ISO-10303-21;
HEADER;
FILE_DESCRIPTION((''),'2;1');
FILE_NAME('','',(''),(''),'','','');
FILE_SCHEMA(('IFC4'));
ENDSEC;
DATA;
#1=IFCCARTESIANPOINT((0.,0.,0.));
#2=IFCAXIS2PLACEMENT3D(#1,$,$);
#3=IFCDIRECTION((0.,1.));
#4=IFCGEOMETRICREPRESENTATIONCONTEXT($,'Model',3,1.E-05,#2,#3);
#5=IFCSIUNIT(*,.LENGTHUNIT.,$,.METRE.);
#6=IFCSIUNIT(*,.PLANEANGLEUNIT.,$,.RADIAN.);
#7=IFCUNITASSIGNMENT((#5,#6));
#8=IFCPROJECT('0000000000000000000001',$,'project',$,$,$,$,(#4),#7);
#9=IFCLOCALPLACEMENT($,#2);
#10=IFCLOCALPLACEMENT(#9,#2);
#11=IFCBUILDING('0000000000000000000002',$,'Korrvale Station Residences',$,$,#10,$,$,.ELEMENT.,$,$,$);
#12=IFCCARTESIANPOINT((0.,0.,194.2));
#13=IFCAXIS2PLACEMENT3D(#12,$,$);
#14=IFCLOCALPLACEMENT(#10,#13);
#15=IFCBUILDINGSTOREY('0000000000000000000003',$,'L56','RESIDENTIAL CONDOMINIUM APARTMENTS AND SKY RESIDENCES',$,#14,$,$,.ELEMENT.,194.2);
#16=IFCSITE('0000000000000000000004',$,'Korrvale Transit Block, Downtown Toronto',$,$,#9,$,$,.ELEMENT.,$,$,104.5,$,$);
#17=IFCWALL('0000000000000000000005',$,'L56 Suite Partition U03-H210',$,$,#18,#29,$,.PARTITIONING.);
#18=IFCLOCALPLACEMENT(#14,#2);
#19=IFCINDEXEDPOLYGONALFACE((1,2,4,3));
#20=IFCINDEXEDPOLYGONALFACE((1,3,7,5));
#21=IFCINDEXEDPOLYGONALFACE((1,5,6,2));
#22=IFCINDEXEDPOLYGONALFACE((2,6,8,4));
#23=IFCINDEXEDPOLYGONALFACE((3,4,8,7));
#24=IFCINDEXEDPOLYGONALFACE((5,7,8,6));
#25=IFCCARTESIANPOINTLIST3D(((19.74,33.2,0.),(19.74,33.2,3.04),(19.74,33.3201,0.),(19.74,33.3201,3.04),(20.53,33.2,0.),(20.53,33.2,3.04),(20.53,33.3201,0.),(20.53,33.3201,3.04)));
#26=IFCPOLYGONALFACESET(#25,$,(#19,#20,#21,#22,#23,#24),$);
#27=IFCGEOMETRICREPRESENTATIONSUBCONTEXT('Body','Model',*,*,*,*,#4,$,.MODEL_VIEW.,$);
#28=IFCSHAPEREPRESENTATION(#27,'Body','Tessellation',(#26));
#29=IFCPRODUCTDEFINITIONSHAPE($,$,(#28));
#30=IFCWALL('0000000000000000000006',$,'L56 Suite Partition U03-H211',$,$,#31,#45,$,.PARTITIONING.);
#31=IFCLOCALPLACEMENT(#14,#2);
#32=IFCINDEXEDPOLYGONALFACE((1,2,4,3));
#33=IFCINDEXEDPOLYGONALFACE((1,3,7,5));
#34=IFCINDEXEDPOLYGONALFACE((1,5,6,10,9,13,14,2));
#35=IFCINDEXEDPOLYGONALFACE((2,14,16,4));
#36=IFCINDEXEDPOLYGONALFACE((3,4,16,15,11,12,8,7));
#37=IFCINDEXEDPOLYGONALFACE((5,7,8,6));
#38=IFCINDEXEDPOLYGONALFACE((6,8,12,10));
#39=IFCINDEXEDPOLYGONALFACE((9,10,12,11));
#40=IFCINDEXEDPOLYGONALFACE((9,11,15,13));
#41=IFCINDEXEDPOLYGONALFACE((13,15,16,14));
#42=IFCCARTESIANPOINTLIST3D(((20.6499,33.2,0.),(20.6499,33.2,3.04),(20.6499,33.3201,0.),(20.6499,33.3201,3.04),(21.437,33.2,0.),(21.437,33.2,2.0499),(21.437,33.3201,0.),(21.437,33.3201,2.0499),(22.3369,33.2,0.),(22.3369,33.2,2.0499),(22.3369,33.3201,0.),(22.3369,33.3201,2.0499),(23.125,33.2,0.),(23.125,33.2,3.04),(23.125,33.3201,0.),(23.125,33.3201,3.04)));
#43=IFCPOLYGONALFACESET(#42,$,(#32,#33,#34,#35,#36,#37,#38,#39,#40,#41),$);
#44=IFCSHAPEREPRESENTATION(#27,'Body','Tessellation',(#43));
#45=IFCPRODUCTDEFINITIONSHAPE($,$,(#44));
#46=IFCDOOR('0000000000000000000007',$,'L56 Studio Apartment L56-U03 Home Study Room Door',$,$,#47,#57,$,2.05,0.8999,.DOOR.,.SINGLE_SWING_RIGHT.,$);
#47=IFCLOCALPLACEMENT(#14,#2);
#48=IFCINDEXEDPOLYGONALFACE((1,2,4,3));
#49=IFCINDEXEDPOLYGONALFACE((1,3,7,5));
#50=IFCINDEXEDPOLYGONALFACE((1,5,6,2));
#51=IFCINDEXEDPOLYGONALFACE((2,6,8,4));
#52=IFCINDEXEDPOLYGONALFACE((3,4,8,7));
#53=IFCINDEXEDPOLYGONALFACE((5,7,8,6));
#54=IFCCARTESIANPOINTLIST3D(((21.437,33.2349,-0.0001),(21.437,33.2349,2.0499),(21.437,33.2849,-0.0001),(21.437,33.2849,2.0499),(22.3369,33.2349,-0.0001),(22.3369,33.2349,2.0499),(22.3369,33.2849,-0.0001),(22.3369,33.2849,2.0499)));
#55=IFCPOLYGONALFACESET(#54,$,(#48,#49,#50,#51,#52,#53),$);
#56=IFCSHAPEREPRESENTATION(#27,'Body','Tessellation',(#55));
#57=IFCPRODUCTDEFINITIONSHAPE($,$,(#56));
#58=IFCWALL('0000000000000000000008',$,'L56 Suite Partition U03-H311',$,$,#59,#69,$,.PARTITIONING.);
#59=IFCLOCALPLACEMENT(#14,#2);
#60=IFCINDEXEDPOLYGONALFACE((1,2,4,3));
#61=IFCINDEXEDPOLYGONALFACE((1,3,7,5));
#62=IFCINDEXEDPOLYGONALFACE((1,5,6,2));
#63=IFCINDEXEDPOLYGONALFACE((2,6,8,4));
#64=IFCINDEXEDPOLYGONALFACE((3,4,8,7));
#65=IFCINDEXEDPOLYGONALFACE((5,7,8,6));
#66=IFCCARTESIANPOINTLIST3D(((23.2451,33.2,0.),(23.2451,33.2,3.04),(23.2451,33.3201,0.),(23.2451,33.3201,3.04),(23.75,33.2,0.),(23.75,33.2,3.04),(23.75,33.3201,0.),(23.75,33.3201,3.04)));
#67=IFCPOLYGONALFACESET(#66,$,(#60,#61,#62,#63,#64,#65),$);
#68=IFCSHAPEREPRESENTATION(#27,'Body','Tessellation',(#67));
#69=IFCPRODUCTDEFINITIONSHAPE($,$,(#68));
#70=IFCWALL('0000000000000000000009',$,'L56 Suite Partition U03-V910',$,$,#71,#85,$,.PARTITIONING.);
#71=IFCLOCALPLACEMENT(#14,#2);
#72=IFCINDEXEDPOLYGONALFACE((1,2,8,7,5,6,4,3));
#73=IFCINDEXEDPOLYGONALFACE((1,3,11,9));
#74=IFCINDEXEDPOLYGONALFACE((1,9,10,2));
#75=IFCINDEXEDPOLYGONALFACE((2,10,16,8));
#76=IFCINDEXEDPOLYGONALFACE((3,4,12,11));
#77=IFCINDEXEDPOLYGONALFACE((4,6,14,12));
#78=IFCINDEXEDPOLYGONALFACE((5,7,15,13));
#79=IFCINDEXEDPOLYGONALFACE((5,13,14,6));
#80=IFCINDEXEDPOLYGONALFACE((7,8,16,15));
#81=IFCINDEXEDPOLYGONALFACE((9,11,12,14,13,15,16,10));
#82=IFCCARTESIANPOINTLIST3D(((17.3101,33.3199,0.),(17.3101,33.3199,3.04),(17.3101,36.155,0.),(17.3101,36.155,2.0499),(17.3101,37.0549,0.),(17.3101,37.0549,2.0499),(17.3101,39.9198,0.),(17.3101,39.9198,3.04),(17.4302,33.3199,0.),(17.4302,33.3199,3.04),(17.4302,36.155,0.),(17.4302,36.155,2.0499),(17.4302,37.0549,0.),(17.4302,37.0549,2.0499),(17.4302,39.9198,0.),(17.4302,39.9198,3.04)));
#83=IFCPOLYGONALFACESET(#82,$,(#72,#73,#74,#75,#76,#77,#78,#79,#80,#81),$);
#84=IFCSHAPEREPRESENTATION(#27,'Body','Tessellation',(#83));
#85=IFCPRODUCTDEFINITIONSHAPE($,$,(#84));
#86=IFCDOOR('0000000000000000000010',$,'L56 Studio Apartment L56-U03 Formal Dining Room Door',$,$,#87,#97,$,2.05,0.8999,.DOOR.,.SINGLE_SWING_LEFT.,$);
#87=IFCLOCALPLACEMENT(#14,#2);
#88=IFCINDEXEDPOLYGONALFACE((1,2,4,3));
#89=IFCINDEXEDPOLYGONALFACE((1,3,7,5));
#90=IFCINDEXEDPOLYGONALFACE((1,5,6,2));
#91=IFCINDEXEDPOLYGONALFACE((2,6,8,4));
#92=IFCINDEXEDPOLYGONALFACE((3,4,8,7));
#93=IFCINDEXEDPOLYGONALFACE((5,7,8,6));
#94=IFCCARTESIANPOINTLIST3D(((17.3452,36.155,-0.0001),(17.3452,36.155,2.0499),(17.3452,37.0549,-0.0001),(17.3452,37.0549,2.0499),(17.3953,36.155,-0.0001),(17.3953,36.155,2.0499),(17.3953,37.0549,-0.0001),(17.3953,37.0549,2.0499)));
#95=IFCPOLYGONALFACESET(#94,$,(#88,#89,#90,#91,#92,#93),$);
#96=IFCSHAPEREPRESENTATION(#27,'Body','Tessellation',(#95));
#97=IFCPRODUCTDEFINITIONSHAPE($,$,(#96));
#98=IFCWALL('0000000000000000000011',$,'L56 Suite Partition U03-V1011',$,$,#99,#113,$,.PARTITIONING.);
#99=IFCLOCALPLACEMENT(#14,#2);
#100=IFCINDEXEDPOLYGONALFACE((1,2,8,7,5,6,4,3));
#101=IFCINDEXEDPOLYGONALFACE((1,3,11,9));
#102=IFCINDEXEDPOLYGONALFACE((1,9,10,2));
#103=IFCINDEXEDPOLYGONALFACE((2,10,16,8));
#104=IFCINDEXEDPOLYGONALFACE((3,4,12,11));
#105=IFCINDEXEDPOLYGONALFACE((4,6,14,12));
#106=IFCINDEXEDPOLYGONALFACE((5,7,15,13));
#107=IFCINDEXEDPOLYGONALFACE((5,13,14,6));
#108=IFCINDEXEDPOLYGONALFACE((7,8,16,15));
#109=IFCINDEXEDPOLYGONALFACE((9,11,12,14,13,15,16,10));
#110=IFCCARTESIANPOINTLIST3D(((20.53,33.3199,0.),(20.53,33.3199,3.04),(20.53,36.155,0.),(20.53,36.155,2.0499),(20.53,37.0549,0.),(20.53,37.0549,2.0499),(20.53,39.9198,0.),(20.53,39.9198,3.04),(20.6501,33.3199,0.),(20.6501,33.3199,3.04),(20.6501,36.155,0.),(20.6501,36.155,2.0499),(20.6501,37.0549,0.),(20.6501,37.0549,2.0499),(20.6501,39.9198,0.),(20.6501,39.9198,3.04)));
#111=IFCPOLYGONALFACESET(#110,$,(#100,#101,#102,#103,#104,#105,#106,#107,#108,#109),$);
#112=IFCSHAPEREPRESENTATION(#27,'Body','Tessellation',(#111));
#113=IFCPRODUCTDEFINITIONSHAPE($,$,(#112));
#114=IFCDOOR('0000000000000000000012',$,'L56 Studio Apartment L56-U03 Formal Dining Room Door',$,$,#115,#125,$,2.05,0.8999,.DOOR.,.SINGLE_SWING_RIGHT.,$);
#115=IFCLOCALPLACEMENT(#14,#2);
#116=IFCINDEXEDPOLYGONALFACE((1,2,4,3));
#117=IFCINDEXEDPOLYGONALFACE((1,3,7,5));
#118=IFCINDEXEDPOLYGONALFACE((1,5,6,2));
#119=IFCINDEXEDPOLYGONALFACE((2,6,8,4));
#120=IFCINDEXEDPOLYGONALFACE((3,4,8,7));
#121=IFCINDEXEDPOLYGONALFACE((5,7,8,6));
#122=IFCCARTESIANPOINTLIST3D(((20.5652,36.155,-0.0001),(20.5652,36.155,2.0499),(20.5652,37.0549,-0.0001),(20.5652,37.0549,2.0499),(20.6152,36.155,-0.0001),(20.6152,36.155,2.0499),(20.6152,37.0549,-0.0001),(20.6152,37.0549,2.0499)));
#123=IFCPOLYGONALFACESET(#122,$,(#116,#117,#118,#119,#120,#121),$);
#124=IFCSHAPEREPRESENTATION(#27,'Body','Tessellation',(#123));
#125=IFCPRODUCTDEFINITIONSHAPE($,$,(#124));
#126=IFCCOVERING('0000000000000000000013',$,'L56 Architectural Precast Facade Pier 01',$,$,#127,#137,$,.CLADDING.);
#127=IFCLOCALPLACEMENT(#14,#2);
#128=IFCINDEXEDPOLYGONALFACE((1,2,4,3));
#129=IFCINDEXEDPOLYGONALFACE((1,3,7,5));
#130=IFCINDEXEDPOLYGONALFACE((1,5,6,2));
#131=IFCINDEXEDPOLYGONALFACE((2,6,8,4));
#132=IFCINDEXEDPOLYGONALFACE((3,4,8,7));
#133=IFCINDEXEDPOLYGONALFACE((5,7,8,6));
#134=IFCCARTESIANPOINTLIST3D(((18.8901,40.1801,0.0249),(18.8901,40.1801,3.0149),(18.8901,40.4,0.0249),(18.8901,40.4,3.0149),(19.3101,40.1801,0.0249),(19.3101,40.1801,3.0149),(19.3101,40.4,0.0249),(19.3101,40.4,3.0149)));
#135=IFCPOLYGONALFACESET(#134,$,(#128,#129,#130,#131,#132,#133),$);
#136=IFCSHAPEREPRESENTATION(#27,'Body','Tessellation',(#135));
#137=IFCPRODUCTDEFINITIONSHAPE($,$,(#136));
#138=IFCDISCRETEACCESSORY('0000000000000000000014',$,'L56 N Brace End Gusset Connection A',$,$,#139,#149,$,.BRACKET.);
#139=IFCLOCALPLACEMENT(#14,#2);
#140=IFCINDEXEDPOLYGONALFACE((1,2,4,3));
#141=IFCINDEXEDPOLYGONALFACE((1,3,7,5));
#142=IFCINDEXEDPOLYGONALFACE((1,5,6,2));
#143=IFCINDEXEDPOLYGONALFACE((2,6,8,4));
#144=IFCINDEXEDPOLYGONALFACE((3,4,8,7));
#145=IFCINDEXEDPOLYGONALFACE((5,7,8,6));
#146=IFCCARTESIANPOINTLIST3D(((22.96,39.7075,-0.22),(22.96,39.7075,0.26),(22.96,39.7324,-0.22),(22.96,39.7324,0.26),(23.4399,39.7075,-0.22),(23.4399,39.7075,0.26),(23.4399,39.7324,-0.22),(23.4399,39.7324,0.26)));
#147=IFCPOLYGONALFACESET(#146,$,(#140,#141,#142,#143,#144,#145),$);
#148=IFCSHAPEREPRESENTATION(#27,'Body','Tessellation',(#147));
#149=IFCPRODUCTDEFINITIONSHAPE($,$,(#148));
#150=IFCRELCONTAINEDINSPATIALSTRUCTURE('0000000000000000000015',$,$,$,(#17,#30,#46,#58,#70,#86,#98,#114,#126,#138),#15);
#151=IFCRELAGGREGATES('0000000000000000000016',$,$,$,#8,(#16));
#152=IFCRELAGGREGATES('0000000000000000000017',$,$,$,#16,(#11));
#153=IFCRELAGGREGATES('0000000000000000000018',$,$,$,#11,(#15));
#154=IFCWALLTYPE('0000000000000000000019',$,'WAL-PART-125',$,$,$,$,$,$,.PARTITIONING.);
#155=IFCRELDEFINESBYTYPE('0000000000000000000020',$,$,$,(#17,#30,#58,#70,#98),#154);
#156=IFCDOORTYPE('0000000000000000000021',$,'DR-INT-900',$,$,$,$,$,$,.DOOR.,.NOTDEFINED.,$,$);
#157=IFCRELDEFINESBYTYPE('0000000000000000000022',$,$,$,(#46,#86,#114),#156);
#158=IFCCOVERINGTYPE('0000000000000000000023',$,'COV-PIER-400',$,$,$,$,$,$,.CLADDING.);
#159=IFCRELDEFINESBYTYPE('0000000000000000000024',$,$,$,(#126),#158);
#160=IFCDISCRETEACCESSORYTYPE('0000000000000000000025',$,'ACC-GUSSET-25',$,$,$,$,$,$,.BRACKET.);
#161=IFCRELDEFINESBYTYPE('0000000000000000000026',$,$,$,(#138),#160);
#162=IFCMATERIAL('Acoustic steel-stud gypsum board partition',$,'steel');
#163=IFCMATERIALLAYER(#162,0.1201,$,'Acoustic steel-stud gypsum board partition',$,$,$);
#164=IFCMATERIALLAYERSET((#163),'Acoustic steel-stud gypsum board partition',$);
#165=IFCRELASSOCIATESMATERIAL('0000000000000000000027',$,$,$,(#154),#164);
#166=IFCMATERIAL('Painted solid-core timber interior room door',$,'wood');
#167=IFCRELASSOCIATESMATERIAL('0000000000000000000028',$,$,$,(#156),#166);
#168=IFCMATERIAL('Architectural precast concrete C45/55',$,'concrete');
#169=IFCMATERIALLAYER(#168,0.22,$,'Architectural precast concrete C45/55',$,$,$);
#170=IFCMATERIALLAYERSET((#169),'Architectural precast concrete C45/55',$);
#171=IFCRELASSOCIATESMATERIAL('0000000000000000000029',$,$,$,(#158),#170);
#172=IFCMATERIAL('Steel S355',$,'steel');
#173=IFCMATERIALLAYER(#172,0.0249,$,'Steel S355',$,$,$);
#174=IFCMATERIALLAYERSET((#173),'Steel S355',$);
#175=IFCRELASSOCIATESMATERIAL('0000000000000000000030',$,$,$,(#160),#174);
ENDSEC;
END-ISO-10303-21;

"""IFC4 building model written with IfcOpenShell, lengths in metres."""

from ifc_helpers import new_model, si_unit, direction, frame, frame_2d, origin, origin_2d, place, context, subcontext, project, spatial, rectangle, extrude, material, layer, layer_set, type_object, element, fill, save


model = new_model("IFC4")

# Units and contexts
model_context = context("Model", 3, precision=1e-05, world=origin(), true_north=direction((0.0, 1.0)))
body_context = subcontext(model_context, "Body", "Model", "MODEL_VIEW")
ifc_project = project(units=[si_unit("LENGTHUNIT", "METRE"), si_unit("PLANEANGLEUNIT", "RADIAN")], contexts=[model_context])

# Site, building, storey
site_placement = place(None, origin())
site = spatial("IfcSite", under=ifc_project, at=site_placement, Name="Korrvale Transit Block, Downtown Toronto", CompositionType="ELEMENT", RefElevation=104.5)
building_placement = place(site_placement, origin())
building = spatial("IfcBuilding", under=site, at=building_placement, Name="Korrvale Station Residences", CompositionType="ELEMENT")
storey_placement = place(building_placement, frame((0.0, 0.0, 194.2)))
storey = spatial("IfcBuildingStorey", under=building, at=storey_placement, Name="L56", Description="RESIDENTIAL CONDOMINIUM APARTMENTS AND SKY RESIDENCES", CompositionType="ELEMENT", Elevation=194.2)

# Shared definitions
ifc_material_1 = material(Name="Steel S355", Category="steel")

# Shared definitions
ifc_material_2 = material(Name="Acoustic steel-stud gypsum board partition", Category="steel")
ifc_layer_1 = layer(ifc_material_2, 0.1201, Name="Acoustic steel-stud gypsum board partition")
ifc_layer_set_1 = layer_set([ifc_layer_1], Name="Acoustic steel-stud gypsum board partition")
wall_type = type_object("IfcWallType", Name="WAL-PART-125", PredefinedType="PARTITIONING", material=ifc_layer_set_1)
ifc_material_3 = material(Name="Painted solid-core timber interior room door", Category="wood")
door_type = type_object("IfcDoorType", Name="DR-INT-900", OperationType="NOTDEFINED", PredefinedType="DOOR", material=ifc_material_3)

# Wall
wall_1_placement = place(storey_placement, frame((19.74, 33.26, 0.0), z_axis=(0.0, 0.0, 1.0), x_axis=(1.0, 0.0, 0.0)))
element("IfcWall", 1, at=wall_1_placement, inside=storey, type_object=wall_type, Name="L56 Suite Partition U03-H210", PredefinedType="PARTITIONING", context=body_context, shape_type="SweptSolid", body=[
    extrude(rectangle(XDim=0.79, YDim=0.1201, at=frame_2d((0.395, 0.0))), origin(), (0.0, 0.0, 1.0), 3.04),
])

# Wall, opening, door
wall_2_placement = place(storey_placement, frame((20.6499, 33.26, 0.0), z_axis=(0.0, 0.0, 1.0), x_axis=(1.0, 0.0, 0.0)))
wall_2 = element("IfcWall", 2, at=wall_2_placement, inside=storey, type_object=wall_type, Name="L56 Suite Partition U03-H211", PredefinedType="PARTITIONING", context=body_context, shape_type="SweptSolid", body=[
    extrude(rectangle(XDim=2.4751, YDim=0.1201, at=frame_2d((1.2375, 0.0))), origin(), (0.0, 0.0, 1.0), 3.04),
])
opening_1_placement = place(wall_2_placement, frame((0.7871, 0.0, 0.0)))
opening_1 = element("IfcOpeningElement", 3, at=opening_1_placement, cuts=wall_2, PredefinedType="OPENING", context=body_context, shape_type="SweptSolid", body=[
    extrude(rectangle(XDim=0.8999, YDim=2.05, at=frame_2d((0.45, 1.0249))), frame((0.0, 0.0701, 0.0), z_axis=(0.0, -1.0, 0.0), x_axis=(1.0, 0.0, 0.0)), (0.0, 0.0, 1.0), 0.1401),
])
door_1_placement = place(opening_1_placement, origin())
door_1 = element("IfcDoor", 4, at=door_1_placement, inside=storey, type_object=door_type, Name="L56 Studio Apartment L56-U03 Home Study Room Door", OperationType="SINGLE_SWING_RIGHT", OverallHeight=2.05, OverallWidth=0.8999, PredefinedType="DOOR", context=body_context, shape_type="SweptSolid", body=[
    extrude(rectangle(XDim=0.8999, YDim=2.05, at=frame_2d((0.45, 1.0249))), frame((0.0, 0.0249, 0.0), z_axis=(0.0, -1.0, 0.0), x_axis=(1.0, 0.0, 0.0)), (0.0, 0.0, 1.0), 0.05),
])
fill(opening_1, door_1)

# Wall
wall_3_placement = place(storey_placement, frame((23.2451, 33.26, 0.0), z_axis=(0.0, 0.0, 1.0), x_axis=(1.0, 0.0, 0.0)))
element("IfcWall", 5, at=wall_3_placement, inside=storey, type_object=wall_type, Name="L56 Suite Partition U03-H311", PredefinedType="PARTITIONING", context=body_context, shape_type="SweptSolid", body=[
    extrude(rectangle(XDim=0.5049, YDim=0.1201, at=frame_2d((0.2524, 0.0))), origin(), (0.0, 0.0, 1.0), 3.04),
])

# Walls, openings, doors
wall_4_placement = place(storey_placement, frame((17.3701, 33.3201, 0.0), z_axis=(0.0, 0.0, 1.0), x_axis=(0.0, 1.0, 0.0)))
wall_4 = element("IfcWall", 6, at=wall_4_placement, inside=storey, type_object=wall_type, Name="L56 Suite Partition U03-V910", PredefinedType="PARTITIONING", context=body_context, shape_type="SweptSolid", body=[
    extrude(rectangle(XDim=6.5999, YDim=0.1201, at=frame_2d((3.2998, 0.0))), origin(), (0.0, 0.0, 1.0), 3.04),
])
opening_2_placement = place(wall_4_placement, frame((2.835, 0.0, 0.0)))
opening_2 = element("IfcOpeningElement", 7, at=opening_2_placement, cuts=wall_4, PredefinedType="OPENING", context=body_context, shape_type="SweptSolid", body=[
    extrude(rectangle(XDim=0.8999, YDim=2.05, at=frame_2d((0.45, 1.0249))), frame((0.0, 0.0701, 0.0), z_axis=(0.0, -1.0, 0.0), x_axis=(1.0, 0.0, 0.0)), (0.0, 0.0, 1.0), 0.1401),
])
door_2_placement = place(opening_2_placement, origin())
door_2 = element("IfcDoor", 8, at=door_2_placement, inside=storey, type_object=door_type, Name="L56 Studio Apartment L56-U03 Formal Dining Room Door", OperationType="SINGLE_SWING_LEFT", OverallHeight=2.05, OverallWidth=0.8999, PredefinedType="DOOR", context=body_context, shape_type="SweptSolid", body=[
    extrude(rectangle(XDim=0.8999, YDim=2.05, at=frame_2d((0.45, 1.0249))), frame((0.0, 0.0249, 0.0), z_axis=(0.0, -1.0, 0.0), x_axis=(1.0, 0.0, 0.0)), (0.0, 0.0, 1.0), 0.05),
])
fill(opening_2, door_2)
wall_5_placement = place(storey_placement, frame((20.5901, 33.3201, 0.0), z_axis=(0.0, 0.0, 1.0), x_axis=(0.0, 1.0, 0.0)))
wall_5 = element("IfcWall", 9, at=wall_5_placement, inside=storey, type_object=wall_type, Name="L56 Suite Partition U03-V1011", PredefinedType="PARTITIONING", context=body_context, shape_type="SweptSolid", body=[
    extrude(rectangle(XDim=6.5999, YDim=0.1201, at=frame_2d((3.2998, 0.0))), origin(), (0.0, 0.0, 1.0), 3.04),
])
opening_3_placement = place(wall_5_placement, frame((2.835, 0.0, 0.0)))
opening_3 = element("IfcOpeningElement", 10, at=opening_3_placement, cuts=wall_5, PredefinedType="OPENING", context=body_context, shape_type="SweptSolid", body=[
    extrude(rectangle(XDim=0.8999, YDim=2.05, at=frame_2d((0.45, 1.0249))), frame((0.0, 0.0701, 0.0), z_axis=(0.0, -1.0, 0.0), x_axis=(1.0, 0.0, 0.0)), (0.0, 0.0, 1.0), 0.1401),
])
door_3_placement = place(opening_3_placement, origin())
door_3 = element("IfcDoor", 11, at=door_3_placement, inside=storey, type_object=door_type, Name="L56 Studio Apartment L56-U03 Formal Dining Room Door", OperationType="SINGLE_SWING_RIGHT", OverallHeight=2.05, OverallWidth=0.8999, PredefinedType="DOOR", context=body_context, shape_type="SweptSolid", body=[
    extrude(rectangle(XDim=0.8999, YDim=2.05, at=frame_2d((0.45, 1.0249))), frame((0.0, 0.0249, 0.0), z_axis=(0.0, -1.0, 0.0), x_axis=(1.0, 0.0, 0.0)), (0.0, 0.0, 1.0), 0.05),
])
fill(opening_3, door_3)

# Covering
ifc_material_4 = material(Name="Architectural precast concrete C45/55", Category="concrete")
ifc_layer_2 = layer(ifc_material_4, 0.22, Name="Architectural precast concrete C45/55")
ifc_layer_set_2 = layer_set([ifc_layer_2], Name="Architectural precast concrete C45/55")
covering_type = type_object("IfcCoveringType", Name="COV-PIER-400", PredefinedType="CLADDING", material=ifc_layer_set_2)
covering_placement = place(storey_placement, frame((19.1001, 40.29, 0.0249), z_axis=(0.0, 0.0, 1.0), x_axis=(1.0, 0.0, 0.0)))
element("IfcCovering", 12, at=covering_placement, inside=storey, type_object=covering_type, Name="L56 Architectural Precast Facade Pier 01", PredefinedType="CLADDING", context=body_context, shape_type="SweptSolid", body=[
    extrude(rectangle(XDim=0.4199, YDim=0.22, at=origin_2d()), origin(), (0.0, 0.0, 1.0), 2.99),
])

# Discrete accessory
ifc_layer_3 = layer(ifc_material_1, 0.0249, Name="Steel S355")
ifc_layer_set_3 = layer_set([ifc_layer_3], Name="Steel S355")
discrete_accessory_type = type_object("IfcDiscreteAccessoryType", Name="ACC-GUSSET-25", PredefinedType="BRACKET", material=ifc_layer_set_3)
discrete_accessory_placement = place(storey_placement, frame((23.2, 39.72, -0.22), z_axis=(0.0, 0.0, 1.0), x_axis=(1.0, 0.0, 0.0)))
element("IfcDiscreteAccessory", 13, at=discrete_accessory_placement, inside=storey, type_object=discrete_accessory_type, Name="L56 N Brace End Gusset Connection A", PredefinedType="BRACKET", context=body_context, shape_type="SweptSolid", body=[
    extrude(rectangle(XDim=0.48, YDim=0.0249, at=origin_2d()), origin(), (0.0, 0.0, 1.0), 0.48),
])

save(model, "model.ifc")
